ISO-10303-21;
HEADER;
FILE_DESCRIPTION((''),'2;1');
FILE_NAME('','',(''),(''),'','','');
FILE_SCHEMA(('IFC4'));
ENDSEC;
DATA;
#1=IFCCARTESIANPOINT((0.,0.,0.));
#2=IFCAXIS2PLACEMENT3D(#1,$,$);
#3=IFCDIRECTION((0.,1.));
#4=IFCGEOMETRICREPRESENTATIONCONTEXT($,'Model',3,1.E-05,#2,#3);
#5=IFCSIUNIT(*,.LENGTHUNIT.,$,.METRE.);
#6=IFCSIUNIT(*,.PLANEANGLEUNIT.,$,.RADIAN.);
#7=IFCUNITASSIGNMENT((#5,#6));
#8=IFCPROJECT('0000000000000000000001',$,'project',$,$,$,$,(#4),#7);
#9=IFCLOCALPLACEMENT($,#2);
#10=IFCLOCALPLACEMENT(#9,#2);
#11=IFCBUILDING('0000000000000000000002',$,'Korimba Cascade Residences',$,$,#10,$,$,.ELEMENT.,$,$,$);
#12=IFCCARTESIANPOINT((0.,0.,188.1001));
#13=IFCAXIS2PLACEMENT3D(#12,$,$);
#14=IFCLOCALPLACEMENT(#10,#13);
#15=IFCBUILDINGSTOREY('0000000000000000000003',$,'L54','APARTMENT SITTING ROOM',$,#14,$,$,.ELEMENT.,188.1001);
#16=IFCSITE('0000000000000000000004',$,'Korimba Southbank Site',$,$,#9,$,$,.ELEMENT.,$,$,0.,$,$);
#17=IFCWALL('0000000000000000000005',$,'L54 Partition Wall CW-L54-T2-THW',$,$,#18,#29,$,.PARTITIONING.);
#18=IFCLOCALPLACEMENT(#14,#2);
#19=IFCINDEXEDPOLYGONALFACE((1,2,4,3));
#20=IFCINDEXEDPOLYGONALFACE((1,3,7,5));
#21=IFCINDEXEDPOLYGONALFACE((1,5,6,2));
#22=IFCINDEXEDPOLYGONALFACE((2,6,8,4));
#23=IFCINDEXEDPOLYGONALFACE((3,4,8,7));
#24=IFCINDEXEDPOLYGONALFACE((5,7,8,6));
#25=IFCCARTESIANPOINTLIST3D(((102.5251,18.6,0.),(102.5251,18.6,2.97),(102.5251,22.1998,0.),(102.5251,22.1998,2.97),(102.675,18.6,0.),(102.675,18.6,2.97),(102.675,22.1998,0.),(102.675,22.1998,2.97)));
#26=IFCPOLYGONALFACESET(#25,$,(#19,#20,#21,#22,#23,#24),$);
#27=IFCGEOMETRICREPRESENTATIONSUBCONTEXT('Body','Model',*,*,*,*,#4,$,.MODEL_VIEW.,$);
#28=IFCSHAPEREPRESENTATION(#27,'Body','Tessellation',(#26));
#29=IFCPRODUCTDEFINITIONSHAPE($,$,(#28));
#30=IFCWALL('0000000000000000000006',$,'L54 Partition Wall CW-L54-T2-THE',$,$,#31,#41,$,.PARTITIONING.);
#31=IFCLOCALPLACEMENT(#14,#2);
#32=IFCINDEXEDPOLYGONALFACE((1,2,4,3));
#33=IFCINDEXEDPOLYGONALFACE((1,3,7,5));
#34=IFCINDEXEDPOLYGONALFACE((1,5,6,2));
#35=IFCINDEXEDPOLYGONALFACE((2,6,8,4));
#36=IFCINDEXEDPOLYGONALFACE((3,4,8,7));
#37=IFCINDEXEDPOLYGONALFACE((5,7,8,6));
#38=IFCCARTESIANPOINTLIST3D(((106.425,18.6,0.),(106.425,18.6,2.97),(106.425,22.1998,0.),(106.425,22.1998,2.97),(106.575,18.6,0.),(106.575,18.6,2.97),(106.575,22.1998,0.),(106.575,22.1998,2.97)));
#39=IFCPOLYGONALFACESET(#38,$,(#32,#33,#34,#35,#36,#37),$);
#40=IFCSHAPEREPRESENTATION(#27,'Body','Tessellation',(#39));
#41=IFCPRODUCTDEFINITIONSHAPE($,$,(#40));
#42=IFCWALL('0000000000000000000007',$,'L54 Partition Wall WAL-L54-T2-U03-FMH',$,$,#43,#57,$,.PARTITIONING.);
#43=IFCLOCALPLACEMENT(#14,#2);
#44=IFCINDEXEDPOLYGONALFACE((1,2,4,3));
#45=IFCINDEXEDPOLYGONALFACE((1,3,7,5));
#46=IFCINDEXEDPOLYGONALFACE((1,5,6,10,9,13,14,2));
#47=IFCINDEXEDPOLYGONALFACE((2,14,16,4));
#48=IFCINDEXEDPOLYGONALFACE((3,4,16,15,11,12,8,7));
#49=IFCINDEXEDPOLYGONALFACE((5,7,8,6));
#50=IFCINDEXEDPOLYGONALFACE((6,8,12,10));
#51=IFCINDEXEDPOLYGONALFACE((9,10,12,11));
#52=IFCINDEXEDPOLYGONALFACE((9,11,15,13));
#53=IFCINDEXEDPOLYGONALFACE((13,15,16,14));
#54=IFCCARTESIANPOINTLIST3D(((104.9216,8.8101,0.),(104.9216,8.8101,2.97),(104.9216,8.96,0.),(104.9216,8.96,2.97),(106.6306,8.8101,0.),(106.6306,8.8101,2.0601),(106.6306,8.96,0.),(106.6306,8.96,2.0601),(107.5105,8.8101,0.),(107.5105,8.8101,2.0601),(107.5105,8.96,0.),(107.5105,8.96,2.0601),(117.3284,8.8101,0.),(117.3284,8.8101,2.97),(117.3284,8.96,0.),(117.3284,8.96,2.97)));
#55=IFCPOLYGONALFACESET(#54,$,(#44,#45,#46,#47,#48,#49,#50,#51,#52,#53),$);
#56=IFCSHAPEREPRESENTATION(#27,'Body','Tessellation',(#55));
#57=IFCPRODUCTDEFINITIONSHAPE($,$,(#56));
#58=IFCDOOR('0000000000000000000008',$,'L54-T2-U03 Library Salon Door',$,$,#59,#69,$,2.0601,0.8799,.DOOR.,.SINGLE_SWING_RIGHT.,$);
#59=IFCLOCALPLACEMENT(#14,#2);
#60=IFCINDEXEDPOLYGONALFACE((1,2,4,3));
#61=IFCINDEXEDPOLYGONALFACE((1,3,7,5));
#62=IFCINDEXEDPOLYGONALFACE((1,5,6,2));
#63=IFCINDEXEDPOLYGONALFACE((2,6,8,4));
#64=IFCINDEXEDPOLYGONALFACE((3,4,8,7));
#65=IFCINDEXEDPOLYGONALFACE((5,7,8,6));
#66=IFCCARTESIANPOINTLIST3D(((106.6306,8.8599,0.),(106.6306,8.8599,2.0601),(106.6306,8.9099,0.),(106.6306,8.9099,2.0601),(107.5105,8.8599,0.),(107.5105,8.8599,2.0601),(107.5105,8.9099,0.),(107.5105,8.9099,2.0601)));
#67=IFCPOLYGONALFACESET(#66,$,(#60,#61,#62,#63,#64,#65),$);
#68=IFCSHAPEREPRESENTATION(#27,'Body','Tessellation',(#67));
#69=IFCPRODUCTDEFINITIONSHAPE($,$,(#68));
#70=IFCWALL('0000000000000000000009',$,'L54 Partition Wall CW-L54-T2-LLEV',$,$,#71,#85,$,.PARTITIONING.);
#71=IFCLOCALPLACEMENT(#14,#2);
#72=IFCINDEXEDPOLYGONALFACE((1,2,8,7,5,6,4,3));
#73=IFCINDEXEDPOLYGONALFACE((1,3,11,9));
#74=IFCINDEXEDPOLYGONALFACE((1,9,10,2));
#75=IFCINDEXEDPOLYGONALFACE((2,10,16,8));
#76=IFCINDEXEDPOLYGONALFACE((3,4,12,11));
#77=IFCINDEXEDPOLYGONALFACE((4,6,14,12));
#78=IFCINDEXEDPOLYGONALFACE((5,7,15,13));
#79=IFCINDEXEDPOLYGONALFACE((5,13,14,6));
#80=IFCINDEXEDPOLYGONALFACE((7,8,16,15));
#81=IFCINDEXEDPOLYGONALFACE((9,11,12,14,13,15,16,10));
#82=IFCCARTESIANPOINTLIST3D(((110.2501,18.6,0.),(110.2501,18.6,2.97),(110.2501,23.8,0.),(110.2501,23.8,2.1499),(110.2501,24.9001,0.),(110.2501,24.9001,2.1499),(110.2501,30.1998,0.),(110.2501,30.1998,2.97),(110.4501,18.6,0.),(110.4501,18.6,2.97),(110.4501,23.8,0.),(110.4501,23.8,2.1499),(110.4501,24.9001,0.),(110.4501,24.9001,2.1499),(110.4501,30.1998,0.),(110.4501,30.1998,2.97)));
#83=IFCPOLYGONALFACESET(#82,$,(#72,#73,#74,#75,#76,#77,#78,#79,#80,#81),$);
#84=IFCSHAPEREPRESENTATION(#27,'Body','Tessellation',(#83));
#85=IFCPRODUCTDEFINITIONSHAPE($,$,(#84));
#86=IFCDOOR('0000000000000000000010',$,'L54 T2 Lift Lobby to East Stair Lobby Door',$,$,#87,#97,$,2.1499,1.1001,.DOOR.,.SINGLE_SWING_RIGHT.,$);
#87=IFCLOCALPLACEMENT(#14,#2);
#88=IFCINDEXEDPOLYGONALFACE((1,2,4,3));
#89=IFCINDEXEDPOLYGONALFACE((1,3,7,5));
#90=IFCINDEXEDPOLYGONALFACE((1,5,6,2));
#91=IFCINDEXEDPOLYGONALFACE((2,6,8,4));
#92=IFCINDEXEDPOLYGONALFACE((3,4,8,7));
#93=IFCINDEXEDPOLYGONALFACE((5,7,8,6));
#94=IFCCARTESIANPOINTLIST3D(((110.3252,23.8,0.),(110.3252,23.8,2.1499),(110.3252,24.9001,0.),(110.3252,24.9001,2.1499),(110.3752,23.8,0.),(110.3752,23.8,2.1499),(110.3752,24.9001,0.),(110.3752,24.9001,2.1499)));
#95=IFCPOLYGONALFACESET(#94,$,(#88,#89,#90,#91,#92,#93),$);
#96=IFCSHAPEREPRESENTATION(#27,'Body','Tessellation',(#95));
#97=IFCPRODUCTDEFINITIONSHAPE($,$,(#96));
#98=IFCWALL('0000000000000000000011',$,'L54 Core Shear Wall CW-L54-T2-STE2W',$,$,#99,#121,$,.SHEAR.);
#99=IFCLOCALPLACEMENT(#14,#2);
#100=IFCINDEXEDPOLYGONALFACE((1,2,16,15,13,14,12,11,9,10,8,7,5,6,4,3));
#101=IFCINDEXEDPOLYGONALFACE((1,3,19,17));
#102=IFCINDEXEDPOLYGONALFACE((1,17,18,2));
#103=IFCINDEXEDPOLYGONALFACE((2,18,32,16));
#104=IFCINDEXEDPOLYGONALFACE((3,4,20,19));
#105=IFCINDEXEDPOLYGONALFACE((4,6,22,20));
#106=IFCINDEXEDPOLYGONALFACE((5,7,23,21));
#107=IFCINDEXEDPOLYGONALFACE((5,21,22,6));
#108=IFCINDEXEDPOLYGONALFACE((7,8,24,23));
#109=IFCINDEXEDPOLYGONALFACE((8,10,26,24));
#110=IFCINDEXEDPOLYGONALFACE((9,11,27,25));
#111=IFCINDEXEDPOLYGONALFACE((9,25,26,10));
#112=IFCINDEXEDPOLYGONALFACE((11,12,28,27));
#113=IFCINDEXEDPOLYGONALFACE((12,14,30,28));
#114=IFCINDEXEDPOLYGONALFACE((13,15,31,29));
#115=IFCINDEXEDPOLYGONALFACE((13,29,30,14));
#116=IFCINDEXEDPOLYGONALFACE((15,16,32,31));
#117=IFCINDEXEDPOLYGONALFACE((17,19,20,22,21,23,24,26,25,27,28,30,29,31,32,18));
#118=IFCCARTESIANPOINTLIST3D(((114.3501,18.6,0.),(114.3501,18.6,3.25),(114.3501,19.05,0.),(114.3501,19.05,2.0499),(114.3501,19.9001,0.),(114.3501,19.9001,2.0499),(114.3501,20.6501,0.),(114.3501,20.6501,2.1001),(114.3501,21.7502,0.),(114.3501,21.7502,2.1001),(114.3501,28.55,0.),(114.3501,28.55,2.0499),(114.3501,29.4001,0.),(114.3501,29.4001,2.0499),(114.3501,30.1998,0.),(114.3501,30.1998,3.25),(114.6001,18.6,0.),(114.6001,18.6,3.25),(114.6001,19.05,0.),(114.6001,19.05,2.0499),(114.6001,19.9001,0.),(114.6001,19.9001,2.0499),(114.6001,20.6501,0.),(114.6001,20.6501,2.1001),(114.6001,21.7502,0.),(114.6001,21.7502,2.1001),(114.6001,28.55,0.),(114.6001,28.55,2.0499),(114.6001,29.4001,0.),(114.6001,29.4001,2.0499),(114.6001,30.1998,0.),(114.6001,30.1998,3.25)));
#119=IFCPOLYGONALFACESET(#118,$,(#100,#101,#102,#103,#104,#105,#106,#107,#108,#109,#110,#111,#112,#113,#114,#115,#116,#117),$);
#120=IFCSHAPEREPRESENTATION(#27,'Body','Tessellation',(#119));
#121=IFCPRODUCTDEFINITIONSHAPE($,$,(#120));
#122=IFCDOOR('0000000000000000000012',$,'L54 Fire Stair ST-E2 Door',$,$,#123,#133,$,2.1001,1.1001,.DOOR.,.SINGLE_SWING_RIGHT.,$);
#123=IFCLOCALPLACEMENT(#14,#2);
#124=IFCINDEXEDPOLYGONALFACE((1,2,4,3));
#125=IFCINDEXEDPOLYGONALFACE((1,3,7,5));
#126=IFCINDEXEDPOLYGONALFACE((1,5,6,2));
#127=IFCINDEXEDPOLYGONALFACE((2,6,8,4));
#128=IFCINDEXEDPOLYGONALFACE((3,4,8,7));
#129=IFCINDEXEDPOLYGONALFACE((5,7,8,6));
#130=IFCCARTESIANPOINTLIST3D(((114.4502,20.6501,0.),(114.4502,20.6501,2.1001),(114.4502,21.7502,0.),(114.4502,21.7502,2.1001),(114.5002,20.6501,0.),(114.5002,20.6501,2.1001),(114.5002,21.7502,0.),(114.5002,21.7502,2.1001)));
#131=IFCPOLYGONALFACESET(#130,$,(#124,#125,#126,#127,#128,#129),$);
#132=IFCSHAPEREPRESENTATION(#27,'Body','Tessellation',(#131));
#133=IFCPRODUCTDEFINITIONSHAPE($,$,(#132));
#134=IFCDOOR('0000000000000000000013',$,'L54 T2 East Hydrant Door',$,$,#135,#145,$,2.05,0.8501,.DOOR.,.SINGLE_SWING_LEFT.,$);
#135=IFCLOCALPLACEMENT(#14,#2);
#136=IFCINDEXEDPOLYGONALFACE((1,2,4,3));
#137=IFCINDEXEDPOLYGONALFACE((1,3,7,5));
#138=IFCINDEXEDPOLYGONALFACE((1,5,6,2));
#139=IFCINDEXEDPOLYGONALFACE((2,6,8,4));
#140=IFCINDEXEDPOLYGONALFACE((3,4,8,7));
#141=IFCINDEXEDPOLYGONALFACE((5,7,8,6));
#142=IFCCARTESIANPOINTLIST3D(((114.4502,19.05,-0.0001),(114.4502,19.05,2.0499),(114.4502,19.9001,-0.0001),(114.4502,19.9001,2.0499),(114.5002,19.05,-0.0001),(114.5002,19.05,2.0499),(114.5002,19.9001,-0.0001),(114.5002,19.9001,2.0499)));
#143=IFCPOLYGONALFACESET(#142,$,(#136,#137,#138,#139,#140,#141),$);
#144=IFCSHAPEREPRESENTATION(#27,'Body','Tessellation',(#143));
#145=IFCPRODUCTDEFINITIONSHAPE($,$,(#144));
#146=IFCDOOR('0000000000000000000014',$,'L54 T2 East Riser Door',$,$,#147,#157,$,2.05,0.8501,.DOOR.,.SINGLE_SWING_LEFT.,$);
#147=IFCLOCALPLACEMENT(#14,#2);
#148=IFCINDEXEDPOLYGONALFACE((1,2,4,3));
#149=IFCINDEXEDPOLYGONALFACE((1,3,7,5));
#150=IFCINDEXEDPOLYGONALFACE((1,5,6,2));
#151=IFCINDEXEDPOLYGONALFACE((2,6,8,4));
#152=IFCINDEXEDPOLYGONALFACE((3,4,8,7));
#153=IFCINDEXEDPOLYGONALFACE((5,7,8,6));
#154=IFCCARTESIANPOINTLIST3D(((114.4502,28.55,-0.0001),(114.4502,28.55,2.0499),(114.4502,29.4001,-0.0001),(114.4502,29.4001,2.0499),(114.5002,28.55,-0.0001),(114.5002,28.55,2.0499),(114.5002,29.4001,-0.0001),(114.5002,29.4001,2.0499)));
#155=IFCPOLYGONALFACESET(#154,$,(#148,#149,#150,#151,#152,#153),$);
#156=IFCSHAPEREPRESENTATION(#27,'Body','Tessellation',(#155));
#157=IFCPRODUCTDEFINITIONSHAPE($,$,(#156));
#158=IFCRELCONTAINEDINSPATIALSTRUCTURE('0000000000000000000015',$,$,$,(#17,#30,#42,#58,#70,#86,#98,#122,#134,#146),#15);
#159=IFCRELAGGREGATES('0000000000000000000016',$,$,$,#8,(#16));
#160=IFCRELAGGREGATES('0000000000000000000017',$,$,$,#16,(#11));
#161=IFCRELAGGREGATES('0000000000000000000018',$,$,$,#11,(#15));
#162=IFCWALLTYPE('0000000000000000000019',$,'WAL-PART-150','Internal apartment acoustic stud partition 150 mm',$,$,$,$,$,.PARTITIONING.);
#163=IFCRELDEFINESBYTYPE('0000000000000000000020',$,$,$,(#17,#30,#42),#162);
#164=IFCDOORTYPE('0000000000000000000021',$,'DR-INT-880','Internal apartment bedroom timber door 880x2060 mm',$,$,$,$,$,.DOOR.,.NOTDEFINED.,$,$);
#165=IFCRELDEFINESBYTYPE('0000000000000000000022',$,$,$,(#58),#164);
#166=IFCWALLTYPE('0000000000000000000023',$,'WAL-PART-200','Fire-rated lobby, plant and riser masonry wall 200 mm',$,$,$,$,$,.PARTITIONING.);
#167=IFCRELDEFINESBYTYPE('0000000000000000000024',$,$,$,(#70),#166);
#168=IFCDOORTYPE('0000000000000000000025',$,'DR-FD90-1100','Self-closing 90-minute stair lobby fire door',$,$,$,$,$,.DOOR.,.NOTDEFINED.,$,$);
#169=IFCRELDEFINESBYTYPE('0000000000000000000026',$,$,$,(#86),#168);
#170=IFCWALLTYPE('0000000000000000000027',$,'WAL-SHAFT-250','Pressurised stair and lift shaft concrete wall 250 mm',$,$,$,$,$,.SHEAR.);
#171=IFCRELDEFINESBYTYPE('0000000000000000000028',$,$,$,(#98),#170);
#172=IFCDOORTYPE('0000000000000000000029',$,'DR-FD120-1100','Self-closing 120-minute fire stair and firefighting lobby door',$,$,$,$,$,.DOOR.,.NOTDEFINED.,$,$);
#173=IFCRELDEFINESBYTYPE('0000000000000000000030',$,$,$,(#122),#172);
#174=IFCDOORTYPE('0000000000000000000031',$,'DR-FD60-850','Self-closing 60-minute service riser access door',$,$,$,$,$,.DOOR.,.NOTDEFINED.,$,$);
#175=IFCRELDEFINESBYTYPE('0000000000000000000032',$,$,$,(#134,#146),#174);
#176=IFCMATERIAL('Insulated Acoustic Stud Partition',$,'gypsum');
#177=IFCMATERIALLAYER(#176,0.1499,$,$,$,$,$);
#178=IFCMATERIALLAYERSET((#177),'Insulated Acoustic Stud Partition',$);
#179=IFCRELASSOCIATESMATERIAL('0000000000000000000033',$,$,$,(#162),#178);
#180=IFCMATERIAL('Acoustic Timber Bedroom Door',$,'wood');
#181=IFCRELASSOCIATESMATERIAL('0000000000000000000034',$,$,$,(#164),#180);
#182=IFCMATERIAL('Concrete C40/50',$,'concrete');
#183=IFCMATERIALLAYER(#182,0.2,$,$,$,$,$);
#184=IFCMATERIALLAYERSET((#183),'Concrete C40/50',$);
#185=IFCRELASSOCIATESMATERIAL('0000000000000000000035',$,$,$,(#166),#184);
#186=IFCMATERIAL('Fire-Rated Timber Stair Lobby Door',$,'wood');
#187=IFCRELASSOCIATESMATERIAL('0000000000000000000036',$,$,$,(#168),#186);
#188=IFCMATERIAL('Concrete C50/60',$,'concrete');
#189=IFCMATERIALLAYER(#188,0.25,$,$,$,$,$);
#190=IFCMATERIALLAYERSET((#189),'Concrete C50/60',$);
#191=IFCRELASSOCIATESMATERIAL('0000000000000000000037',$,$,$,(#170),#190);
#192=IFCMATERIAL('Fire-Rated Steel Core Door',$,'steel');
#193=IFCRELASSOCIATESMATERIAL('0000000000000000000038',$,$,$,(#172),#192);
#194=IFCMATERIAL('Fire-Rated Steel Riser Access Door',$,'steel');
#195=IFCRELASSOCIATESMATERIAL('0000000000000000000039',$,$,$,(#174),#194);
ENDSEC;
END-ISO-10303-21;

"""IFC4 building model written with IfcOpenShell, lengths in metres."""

from ifc_helpers import new_model, si_unit, direction, frame, frame_2d, origin, place, context, subcontext, project, spatial, rectangle, extrude, material, layer, layer_set, type_object, element, fill, save


model = new_model("IFC4")

# Units and contexts
model_context = context("Model", 3, precision=1e-05, world=origin(), true_north=direction((0.0, 1.0)))
body_context = subcontext(model_context, "Body", "Model", "MODEL_VIEW")
ifc_project = project(units=[si_unit("LENGTHUNIT", "METRE"), si_unit("PLANEANGLEUNIT", "RADIAN")], contexts=[model_context])

# Site, building, storey
site_placement = place(None, origin())
site = spatial("IfcSite", under=ifc_project, at=site_placement, Name="Korimba Southbank Site", CompositionType="ELEMENT", RefElevation=0.0)
building_placement = place(site_placement, origin())
building = spatial("IfcBuilding", under=site, at=building_placement, Name="Korimba Cascade Residences", CompositionType="ELEMENT")
storey_placement = place(building_placement, frame((0.0, 0.0, 188.1001)))
storey = spatial("IfcBuildingStorey", under=building, at=storey_placement, Name="L54", Description="APARTMENT SITTING ROOM", CompositionType="ELEMENT", Elevation=188.1001)

# Shared definitions
ifc_material_1 = material(Name="Concrete C50/60", Category="concrete")

# Walls
ifc_material_2 = material(Name="Insulated Acoustic Stud Partition", Category="gypsum")
ifc_layer_1 = layer(ifc_material_2, 0.1499)
ifc_layer_set_1 = layer_set([ifc_layer_1], Name="Insulated Acoustic Stud Partition")
wall_type_1 = type_object("IfcWallType", Name="WAL-PART-150", Description="Internal apartment acoustic stud partition 150 mm", PredefinedType="PARTITIONING", material=ifc_layer_set_1)
for number, where, z_axis, x_axis, name in (
    (1, (102.6001, 18.6001, 0.0), (0.0, 0.0, 1.0), (0.0, 1.0, 0.0), "L54 Partition Wall CW-L54-T2-THW"),
    (2, (106.5, 18.6001, 0.0), (0.0, 0.0, 1.0), (0.0, 1.0, 0.0), "L54 Partition Wall CW-L54-T2-THE"),
):
    element("IfcWall", number, at=place(storey_placement, frame(where, z_axis=z_axis, x_axis=x_axis)), inside=storey, type_object=wall_type_1, Name=name, PredefinedType="PARTITIONING", context=body_context, shape_type="SweptSolid", body=[
        extrude(rectangle(XDim=3.5999, YDim=0.1499, at=frame_2d((1.7998, 0.0))), origin(), (0.0, 0.0, 1.0), 2.97),
    ])

# Walls, openings, doors
wall_1_placement = place(storey_placement, frame((104.9216, 8.885, 0.0), z_axis=(0.0, 0.0, 1.0), x_axis=(1.0, 0.0, 0.0)))
wall_1 = element("IfcWall", 3, at=wall_1_placement, inside=storey, type_object=wall_type_1, Name="L54 Partition Wall WAL-L54-T2-U03-FMH", PredefinedType="PARTITIONING", context=body_context, shape_type="SweptSolid", body=[
    extrude(rectangle(XDim=12.4067, YDim=0.1499, at=frame_2d((6.2034, 0.0))), origin(), (0.0, 0.0, 1.0), 2.97),
])
opening_1_placement = place(wall_1_placement, frame((1.709, 0.0, 0.0)))
opening_1 = element("IfcOpeningElement", 4, at=opening_1_placement, cuts=wall_1, PredefinedType="OPENING", context=body_context, shape_type="SweptSolid", body=[
    extrude(rectangle(XDim=0.8799, YDim=2.0601, at=frame_2d((0.4399, 1.03))), frame((0.0, 0.085, 0.0), z_axis=(0.0, -1.0, 0.0), x_axis=(1.0, 0.0, 0.0)), (0.0, 0.0, 1.0), 0.1699),
])
ifc_material_3 = material(Name="Acoustic Timber Bedroom Door", Category="wood")
door_type_1 = type_object("IfcDoorType", Name="DR-INT-880", Description="Internal apartment bedroom timber door 880x2060 mm", OperationType="NOTDEFINED", PredefinedType="DOOR", material=ifc_material_3)
door_1_placement = place(opening_1_placement, origin())
door_1 = element("IfcDoor", 5, at=door_1_placement, inside=storey, type_object=door_type_1, Name="L54-T2-U03 Library Salon Door", OperationType="SINGLE_SWING_RIGHT", OverallHeight=2.0601, OverallWidth=0.8799, PredefinedType="DOOR", context=body_context, shape_type="SweptSolid", body=[
    extrude(rectangle(XDim=0.8799, YDim=2.0601, at=frame_2d((0.4399, 1.03))), frame((0.0, 0.0249, 0.0), z_axis=(0.0, -1.0, 0.0), x_axis=(1.0, 0.0, 0.0)), (0.0, 0.0, 1.0), 0.05),
])
fill(opening_1, door_1)
ifc_material_4 = material(Name="Concrete C40/50", Category="concrete")
ifc_layer_2 = layer(ifc_material_4, 0.2)
ifc_layer_set_2 = layer_set([ifc_layer_2], Name="Concrete C40/50")
wall_type_2 = type_object("IfcWallType", Name="WAL-PART-200", Description="Fire-rated lobby, plant and riser masonry wall 200 mm", PredefinedType="PARTITIONING", material=ifc_layer_set_2)
wall_2_placement = place(storey_placement, frame((110.3501, 18.6001, 0.0), z_axis=(0.0, 0.0, 1.0), x_axis=(0.0, 1.0, 0.0)))
wall_2 = element("IfcWall", 6, at=wall_2_placement, inside=storey, type_object=wall_type_2, Name="L54 Partition Wall CW-L54-T2-LLEV", PredefinedType="PARTITIONING", context=body_context, shape_type="SweptSolid", body=[
    extrude(rectangle(XDim=11.5999, YDim=0.2, at=frame_2d((5.7998, 0.0))), origin(), (0.0, 0.0, 1.0), 2.97),
])
opening_2_placement = place(wall_2_placement, frame((5.2, 0.0, 0.0)))
opening_2 = element("IfcOpeningElement", 7, at=opening_2_placement, cuts=wall_2, PredefinedType="OPENING", context=body_context, shape_type="SweptSolid", body=[
    extrude(rectangle(XDim=1.1001, YDim=2.1499, at=frame_2d((0.55, 1.075))), frame((0.0, 0.1099, 0.0), z_axis=(0.0, -1.0, 0.0), x_axis=(1.0, 0.0, 0.0)), (0.0, 0.0, 1.0), 0.22),
])
ifc_material_5 = material(Name="Fire-Rated Timber Stair Lobby Door", Category="wood")
door_type_2 = type_object("IfcDoorType", Name="DR-FD90-1100", Description="Self-closing 90-minute stair lobby fire door", OperationType="NOTDEFINED", PredefinedType="DOOR", material=ifc_material_5)
door_2_placement = place(opening_2_placement, origin())
door_2 = element("IfcDoor", 8, at=door_2_placement, inside=storey, type_object=door_type_2, Name="L54 T2 Lift Lobby to East Stair Lobby Door", OperationType="SINGLE_SWING_RIGHT", OverallHeight=2.1499, OverallWidth=1.1001, PredefinedType="DOOR", context=body_context, shape_type="SweptSolid", body=[
    extrude(rectangle(XDim=1.1001, YDim=2.1499, at=frame_2d((0.55, 1.075))), frame((0.0, 0.0249, 0.0), z_axis=(0.0, -1.0, 0.0), x_axis=(1.0, 0.0, 0.0)), (0.0, 0.0, 1.0), 0.05),
])
fill(opening_2, door_2)

# Wall, openings, doors
ifc_layer_3 = layer(ifc_material_1, 0.25)
ifc_layer_set_3 = layer_set([ifc_layer_3], Name="Concrete C50/60")
wall_type_3 = type_object("IfcWallType", Name="WAL-SHAFT-250", Description="Pressurised stair and lift shaft concrete wall 250 mm", PredefinedType="SHEAR", material=ifc_layer_set_3)
wall_3_placement = place(storey_placement, frame((114.4751, 18.6001, 0.0), z_axis=(0.0, 0.0, 1.0), x_axis=(0.0, 1.0, 0.0)))
wall_3 = element("IfcWall", 9, at=wall_3_placement, inside=storey, type_object=wall_type_3, Name="L54 Core Shear Wall CW-L54-T2-STE2W", PredefinedType="SHEAR", context=body_context, shape_type="SweptSolid", body=[
    extrude(rectangle(XDim=11.5999, YDim=0.25, at=frame_2d((5.7998, 0.0))), origin(), (0.0, 0.0, 1.0), 3.25),
])
opening_3_placement = place(wall_3_placement, frame((0.45, 0.0, 0.0)))
opening_3 = element("IfcOpeningElement", 10, at=opening_3_placement, cuts=wall_3, PredefinedType="OPENING", context=body_context, shape_type="SweptSolid", body=[
    extrude(rectangle(XDim=0.8501, YDim=2.05, at=frame_2d((0.425, 1.0249))), frame((0.0, 0.135, 0.0), z_axis=(0.0, -1.0, 0.0), x_axis=(1.0, 0.0, 0.0)), (0.0, 0.0, 1.0), 0.27),
])
opening_4_placement = place(wall_3_placement, frame((2.05, 0.0, 0.0)))
opening_4 = element("IfcOpeningElement", 11, at=opening_4_placement, cuts=wall_3, PredefinedType="OPENING", context=body_context, shape_type="SweptSolid", body=[
    extrude(rectangle(XDim=1.1001, YDim=2.1001, at=frame_2d((0.55, 1.05))), frame((0.0, 0.135, 0.0), z_axis=(0.0, -1.0, 0.0), x_axis=(1.0, 0.0, 0.0)), (0.0, 0.0, 1.0), 0.27),
])
opening_5_placement = place(wall_3_placement, frame((9.95, 0.0, 0.0)))
opening_5 = element("IfcOpeningElement", 12, at=opening_5_placement, cuts=wall_3, PredefinedType="OPENING", context=body_context, shape_type="SweptSolid", body=[
    extrude(rectangle(XDim=0.8501, YDim=2.05, at=frame_2d((0.425, 1.0249))), frame((0.0, 0.135, 0.0), z_axis=(0.0, -1.0, 0.0), x_axis=(1.0, 0.0, 0.0)), (0.0, 0.0, 1.0), 0.27),
])
ifc_material_6 = material(Name="Fire-Rated Steel Core Door", Category="steel")
door_type_3 = type_object("IfcDoorType", Name="DR-FD120-1100", Description="Self-closing 120-minute fire stair and firefighting lobby door", OperationType="NOTDEFINED", PredefinedType="DOOR", material=ifc_material_6)
door_3_placement = place(opening_4_placement, origin())
door_3 = element("IfcDoor", 13, at=door_3_placement, inside=storey, type_object=door_type_3, Name="L54 Fire Stair ST-E2 Door", OperationType="SINGLE_SWING_RIGHT", OverallHeight=2.1001, OverallWidth=1.1001, PredefinedType="DOOR", context=body_context, shape_type="SweptSolid", body=[
    extrude(rectangle(XDim=1.1001, YDim=2.1001, at=frame_2d((0.55, 1.05))), frame((0.0, 0.0249, 0.0), z_axis=(0.0, -1.0, 0.0), x_axis=(1.0, 0.0, 0.0)), (0.0, 0.0, 1.0), 0.05),
])
fill(opening_4, door_3)
ifc_material_7 = material(Name="Fire-Rated Steel Riser Access Door", Category="steel")
door_type_4 = type_object("IfcDoorType", Name="DR-FD60-850", Description="Self-closing 60-minute service riser access door", OperationType="NOTDEFINED", PredefinedType="DOOR", material=ifc_material_7)
door_4_placement = place(opening_3_placement, origin())
door_4 = element("IfcDoor", 14, at=door_4_placement, inside=storey, type_object=door_type_4, Name="L54 T2 East Hydrant Door", OperationType="SINGLE_SWING_LEFT", OverallHeight=2.05, OverallWidth=0.8501, PredefinedType="DOOR", context=body_context, shape_type="SweptSolid", body=[
    extrude(rectangle(XDim=0.8501, YDim=2.05, at=frame_2d((0.425, 1.0249))), frame((0.0, 0.0249, 0.0), z_axis=(0.0, -1.0, 0.0), x_axis=(1.0, 0.0, 0.0)), (0.0, 0.0, 1.0), 0.05),
])
fill(opening_3, door_4)
door_5_placement = place(opening_5_placement, origin())
door_5 = element("IfcDoor", 15, at=door_5_placement, inside=storey, type_object=door_type_4, Name="L54 T2 East Riser Door", OperationType="SINGLE_SWING_LEFT", OverallHeight=2.05, OverallWidth=0.8501, PredefinedType="DOOR", context=body_context, shape_type="SweptSolid", body=[
    extrude(rectangle(XDim=0.8501, YDim=2.05, at=frame_2d((0.425, 1.0249))), frame((0.0, 0.0249, 0.0), z_axis=(0.0, -1.0, 0.0), x_axis=(1.0, 0.0, 0.0)), (0.0, 0.0, 1.0), 0.05),
])
fill(opening_5, door_5)

save(model, "model.ifc")
